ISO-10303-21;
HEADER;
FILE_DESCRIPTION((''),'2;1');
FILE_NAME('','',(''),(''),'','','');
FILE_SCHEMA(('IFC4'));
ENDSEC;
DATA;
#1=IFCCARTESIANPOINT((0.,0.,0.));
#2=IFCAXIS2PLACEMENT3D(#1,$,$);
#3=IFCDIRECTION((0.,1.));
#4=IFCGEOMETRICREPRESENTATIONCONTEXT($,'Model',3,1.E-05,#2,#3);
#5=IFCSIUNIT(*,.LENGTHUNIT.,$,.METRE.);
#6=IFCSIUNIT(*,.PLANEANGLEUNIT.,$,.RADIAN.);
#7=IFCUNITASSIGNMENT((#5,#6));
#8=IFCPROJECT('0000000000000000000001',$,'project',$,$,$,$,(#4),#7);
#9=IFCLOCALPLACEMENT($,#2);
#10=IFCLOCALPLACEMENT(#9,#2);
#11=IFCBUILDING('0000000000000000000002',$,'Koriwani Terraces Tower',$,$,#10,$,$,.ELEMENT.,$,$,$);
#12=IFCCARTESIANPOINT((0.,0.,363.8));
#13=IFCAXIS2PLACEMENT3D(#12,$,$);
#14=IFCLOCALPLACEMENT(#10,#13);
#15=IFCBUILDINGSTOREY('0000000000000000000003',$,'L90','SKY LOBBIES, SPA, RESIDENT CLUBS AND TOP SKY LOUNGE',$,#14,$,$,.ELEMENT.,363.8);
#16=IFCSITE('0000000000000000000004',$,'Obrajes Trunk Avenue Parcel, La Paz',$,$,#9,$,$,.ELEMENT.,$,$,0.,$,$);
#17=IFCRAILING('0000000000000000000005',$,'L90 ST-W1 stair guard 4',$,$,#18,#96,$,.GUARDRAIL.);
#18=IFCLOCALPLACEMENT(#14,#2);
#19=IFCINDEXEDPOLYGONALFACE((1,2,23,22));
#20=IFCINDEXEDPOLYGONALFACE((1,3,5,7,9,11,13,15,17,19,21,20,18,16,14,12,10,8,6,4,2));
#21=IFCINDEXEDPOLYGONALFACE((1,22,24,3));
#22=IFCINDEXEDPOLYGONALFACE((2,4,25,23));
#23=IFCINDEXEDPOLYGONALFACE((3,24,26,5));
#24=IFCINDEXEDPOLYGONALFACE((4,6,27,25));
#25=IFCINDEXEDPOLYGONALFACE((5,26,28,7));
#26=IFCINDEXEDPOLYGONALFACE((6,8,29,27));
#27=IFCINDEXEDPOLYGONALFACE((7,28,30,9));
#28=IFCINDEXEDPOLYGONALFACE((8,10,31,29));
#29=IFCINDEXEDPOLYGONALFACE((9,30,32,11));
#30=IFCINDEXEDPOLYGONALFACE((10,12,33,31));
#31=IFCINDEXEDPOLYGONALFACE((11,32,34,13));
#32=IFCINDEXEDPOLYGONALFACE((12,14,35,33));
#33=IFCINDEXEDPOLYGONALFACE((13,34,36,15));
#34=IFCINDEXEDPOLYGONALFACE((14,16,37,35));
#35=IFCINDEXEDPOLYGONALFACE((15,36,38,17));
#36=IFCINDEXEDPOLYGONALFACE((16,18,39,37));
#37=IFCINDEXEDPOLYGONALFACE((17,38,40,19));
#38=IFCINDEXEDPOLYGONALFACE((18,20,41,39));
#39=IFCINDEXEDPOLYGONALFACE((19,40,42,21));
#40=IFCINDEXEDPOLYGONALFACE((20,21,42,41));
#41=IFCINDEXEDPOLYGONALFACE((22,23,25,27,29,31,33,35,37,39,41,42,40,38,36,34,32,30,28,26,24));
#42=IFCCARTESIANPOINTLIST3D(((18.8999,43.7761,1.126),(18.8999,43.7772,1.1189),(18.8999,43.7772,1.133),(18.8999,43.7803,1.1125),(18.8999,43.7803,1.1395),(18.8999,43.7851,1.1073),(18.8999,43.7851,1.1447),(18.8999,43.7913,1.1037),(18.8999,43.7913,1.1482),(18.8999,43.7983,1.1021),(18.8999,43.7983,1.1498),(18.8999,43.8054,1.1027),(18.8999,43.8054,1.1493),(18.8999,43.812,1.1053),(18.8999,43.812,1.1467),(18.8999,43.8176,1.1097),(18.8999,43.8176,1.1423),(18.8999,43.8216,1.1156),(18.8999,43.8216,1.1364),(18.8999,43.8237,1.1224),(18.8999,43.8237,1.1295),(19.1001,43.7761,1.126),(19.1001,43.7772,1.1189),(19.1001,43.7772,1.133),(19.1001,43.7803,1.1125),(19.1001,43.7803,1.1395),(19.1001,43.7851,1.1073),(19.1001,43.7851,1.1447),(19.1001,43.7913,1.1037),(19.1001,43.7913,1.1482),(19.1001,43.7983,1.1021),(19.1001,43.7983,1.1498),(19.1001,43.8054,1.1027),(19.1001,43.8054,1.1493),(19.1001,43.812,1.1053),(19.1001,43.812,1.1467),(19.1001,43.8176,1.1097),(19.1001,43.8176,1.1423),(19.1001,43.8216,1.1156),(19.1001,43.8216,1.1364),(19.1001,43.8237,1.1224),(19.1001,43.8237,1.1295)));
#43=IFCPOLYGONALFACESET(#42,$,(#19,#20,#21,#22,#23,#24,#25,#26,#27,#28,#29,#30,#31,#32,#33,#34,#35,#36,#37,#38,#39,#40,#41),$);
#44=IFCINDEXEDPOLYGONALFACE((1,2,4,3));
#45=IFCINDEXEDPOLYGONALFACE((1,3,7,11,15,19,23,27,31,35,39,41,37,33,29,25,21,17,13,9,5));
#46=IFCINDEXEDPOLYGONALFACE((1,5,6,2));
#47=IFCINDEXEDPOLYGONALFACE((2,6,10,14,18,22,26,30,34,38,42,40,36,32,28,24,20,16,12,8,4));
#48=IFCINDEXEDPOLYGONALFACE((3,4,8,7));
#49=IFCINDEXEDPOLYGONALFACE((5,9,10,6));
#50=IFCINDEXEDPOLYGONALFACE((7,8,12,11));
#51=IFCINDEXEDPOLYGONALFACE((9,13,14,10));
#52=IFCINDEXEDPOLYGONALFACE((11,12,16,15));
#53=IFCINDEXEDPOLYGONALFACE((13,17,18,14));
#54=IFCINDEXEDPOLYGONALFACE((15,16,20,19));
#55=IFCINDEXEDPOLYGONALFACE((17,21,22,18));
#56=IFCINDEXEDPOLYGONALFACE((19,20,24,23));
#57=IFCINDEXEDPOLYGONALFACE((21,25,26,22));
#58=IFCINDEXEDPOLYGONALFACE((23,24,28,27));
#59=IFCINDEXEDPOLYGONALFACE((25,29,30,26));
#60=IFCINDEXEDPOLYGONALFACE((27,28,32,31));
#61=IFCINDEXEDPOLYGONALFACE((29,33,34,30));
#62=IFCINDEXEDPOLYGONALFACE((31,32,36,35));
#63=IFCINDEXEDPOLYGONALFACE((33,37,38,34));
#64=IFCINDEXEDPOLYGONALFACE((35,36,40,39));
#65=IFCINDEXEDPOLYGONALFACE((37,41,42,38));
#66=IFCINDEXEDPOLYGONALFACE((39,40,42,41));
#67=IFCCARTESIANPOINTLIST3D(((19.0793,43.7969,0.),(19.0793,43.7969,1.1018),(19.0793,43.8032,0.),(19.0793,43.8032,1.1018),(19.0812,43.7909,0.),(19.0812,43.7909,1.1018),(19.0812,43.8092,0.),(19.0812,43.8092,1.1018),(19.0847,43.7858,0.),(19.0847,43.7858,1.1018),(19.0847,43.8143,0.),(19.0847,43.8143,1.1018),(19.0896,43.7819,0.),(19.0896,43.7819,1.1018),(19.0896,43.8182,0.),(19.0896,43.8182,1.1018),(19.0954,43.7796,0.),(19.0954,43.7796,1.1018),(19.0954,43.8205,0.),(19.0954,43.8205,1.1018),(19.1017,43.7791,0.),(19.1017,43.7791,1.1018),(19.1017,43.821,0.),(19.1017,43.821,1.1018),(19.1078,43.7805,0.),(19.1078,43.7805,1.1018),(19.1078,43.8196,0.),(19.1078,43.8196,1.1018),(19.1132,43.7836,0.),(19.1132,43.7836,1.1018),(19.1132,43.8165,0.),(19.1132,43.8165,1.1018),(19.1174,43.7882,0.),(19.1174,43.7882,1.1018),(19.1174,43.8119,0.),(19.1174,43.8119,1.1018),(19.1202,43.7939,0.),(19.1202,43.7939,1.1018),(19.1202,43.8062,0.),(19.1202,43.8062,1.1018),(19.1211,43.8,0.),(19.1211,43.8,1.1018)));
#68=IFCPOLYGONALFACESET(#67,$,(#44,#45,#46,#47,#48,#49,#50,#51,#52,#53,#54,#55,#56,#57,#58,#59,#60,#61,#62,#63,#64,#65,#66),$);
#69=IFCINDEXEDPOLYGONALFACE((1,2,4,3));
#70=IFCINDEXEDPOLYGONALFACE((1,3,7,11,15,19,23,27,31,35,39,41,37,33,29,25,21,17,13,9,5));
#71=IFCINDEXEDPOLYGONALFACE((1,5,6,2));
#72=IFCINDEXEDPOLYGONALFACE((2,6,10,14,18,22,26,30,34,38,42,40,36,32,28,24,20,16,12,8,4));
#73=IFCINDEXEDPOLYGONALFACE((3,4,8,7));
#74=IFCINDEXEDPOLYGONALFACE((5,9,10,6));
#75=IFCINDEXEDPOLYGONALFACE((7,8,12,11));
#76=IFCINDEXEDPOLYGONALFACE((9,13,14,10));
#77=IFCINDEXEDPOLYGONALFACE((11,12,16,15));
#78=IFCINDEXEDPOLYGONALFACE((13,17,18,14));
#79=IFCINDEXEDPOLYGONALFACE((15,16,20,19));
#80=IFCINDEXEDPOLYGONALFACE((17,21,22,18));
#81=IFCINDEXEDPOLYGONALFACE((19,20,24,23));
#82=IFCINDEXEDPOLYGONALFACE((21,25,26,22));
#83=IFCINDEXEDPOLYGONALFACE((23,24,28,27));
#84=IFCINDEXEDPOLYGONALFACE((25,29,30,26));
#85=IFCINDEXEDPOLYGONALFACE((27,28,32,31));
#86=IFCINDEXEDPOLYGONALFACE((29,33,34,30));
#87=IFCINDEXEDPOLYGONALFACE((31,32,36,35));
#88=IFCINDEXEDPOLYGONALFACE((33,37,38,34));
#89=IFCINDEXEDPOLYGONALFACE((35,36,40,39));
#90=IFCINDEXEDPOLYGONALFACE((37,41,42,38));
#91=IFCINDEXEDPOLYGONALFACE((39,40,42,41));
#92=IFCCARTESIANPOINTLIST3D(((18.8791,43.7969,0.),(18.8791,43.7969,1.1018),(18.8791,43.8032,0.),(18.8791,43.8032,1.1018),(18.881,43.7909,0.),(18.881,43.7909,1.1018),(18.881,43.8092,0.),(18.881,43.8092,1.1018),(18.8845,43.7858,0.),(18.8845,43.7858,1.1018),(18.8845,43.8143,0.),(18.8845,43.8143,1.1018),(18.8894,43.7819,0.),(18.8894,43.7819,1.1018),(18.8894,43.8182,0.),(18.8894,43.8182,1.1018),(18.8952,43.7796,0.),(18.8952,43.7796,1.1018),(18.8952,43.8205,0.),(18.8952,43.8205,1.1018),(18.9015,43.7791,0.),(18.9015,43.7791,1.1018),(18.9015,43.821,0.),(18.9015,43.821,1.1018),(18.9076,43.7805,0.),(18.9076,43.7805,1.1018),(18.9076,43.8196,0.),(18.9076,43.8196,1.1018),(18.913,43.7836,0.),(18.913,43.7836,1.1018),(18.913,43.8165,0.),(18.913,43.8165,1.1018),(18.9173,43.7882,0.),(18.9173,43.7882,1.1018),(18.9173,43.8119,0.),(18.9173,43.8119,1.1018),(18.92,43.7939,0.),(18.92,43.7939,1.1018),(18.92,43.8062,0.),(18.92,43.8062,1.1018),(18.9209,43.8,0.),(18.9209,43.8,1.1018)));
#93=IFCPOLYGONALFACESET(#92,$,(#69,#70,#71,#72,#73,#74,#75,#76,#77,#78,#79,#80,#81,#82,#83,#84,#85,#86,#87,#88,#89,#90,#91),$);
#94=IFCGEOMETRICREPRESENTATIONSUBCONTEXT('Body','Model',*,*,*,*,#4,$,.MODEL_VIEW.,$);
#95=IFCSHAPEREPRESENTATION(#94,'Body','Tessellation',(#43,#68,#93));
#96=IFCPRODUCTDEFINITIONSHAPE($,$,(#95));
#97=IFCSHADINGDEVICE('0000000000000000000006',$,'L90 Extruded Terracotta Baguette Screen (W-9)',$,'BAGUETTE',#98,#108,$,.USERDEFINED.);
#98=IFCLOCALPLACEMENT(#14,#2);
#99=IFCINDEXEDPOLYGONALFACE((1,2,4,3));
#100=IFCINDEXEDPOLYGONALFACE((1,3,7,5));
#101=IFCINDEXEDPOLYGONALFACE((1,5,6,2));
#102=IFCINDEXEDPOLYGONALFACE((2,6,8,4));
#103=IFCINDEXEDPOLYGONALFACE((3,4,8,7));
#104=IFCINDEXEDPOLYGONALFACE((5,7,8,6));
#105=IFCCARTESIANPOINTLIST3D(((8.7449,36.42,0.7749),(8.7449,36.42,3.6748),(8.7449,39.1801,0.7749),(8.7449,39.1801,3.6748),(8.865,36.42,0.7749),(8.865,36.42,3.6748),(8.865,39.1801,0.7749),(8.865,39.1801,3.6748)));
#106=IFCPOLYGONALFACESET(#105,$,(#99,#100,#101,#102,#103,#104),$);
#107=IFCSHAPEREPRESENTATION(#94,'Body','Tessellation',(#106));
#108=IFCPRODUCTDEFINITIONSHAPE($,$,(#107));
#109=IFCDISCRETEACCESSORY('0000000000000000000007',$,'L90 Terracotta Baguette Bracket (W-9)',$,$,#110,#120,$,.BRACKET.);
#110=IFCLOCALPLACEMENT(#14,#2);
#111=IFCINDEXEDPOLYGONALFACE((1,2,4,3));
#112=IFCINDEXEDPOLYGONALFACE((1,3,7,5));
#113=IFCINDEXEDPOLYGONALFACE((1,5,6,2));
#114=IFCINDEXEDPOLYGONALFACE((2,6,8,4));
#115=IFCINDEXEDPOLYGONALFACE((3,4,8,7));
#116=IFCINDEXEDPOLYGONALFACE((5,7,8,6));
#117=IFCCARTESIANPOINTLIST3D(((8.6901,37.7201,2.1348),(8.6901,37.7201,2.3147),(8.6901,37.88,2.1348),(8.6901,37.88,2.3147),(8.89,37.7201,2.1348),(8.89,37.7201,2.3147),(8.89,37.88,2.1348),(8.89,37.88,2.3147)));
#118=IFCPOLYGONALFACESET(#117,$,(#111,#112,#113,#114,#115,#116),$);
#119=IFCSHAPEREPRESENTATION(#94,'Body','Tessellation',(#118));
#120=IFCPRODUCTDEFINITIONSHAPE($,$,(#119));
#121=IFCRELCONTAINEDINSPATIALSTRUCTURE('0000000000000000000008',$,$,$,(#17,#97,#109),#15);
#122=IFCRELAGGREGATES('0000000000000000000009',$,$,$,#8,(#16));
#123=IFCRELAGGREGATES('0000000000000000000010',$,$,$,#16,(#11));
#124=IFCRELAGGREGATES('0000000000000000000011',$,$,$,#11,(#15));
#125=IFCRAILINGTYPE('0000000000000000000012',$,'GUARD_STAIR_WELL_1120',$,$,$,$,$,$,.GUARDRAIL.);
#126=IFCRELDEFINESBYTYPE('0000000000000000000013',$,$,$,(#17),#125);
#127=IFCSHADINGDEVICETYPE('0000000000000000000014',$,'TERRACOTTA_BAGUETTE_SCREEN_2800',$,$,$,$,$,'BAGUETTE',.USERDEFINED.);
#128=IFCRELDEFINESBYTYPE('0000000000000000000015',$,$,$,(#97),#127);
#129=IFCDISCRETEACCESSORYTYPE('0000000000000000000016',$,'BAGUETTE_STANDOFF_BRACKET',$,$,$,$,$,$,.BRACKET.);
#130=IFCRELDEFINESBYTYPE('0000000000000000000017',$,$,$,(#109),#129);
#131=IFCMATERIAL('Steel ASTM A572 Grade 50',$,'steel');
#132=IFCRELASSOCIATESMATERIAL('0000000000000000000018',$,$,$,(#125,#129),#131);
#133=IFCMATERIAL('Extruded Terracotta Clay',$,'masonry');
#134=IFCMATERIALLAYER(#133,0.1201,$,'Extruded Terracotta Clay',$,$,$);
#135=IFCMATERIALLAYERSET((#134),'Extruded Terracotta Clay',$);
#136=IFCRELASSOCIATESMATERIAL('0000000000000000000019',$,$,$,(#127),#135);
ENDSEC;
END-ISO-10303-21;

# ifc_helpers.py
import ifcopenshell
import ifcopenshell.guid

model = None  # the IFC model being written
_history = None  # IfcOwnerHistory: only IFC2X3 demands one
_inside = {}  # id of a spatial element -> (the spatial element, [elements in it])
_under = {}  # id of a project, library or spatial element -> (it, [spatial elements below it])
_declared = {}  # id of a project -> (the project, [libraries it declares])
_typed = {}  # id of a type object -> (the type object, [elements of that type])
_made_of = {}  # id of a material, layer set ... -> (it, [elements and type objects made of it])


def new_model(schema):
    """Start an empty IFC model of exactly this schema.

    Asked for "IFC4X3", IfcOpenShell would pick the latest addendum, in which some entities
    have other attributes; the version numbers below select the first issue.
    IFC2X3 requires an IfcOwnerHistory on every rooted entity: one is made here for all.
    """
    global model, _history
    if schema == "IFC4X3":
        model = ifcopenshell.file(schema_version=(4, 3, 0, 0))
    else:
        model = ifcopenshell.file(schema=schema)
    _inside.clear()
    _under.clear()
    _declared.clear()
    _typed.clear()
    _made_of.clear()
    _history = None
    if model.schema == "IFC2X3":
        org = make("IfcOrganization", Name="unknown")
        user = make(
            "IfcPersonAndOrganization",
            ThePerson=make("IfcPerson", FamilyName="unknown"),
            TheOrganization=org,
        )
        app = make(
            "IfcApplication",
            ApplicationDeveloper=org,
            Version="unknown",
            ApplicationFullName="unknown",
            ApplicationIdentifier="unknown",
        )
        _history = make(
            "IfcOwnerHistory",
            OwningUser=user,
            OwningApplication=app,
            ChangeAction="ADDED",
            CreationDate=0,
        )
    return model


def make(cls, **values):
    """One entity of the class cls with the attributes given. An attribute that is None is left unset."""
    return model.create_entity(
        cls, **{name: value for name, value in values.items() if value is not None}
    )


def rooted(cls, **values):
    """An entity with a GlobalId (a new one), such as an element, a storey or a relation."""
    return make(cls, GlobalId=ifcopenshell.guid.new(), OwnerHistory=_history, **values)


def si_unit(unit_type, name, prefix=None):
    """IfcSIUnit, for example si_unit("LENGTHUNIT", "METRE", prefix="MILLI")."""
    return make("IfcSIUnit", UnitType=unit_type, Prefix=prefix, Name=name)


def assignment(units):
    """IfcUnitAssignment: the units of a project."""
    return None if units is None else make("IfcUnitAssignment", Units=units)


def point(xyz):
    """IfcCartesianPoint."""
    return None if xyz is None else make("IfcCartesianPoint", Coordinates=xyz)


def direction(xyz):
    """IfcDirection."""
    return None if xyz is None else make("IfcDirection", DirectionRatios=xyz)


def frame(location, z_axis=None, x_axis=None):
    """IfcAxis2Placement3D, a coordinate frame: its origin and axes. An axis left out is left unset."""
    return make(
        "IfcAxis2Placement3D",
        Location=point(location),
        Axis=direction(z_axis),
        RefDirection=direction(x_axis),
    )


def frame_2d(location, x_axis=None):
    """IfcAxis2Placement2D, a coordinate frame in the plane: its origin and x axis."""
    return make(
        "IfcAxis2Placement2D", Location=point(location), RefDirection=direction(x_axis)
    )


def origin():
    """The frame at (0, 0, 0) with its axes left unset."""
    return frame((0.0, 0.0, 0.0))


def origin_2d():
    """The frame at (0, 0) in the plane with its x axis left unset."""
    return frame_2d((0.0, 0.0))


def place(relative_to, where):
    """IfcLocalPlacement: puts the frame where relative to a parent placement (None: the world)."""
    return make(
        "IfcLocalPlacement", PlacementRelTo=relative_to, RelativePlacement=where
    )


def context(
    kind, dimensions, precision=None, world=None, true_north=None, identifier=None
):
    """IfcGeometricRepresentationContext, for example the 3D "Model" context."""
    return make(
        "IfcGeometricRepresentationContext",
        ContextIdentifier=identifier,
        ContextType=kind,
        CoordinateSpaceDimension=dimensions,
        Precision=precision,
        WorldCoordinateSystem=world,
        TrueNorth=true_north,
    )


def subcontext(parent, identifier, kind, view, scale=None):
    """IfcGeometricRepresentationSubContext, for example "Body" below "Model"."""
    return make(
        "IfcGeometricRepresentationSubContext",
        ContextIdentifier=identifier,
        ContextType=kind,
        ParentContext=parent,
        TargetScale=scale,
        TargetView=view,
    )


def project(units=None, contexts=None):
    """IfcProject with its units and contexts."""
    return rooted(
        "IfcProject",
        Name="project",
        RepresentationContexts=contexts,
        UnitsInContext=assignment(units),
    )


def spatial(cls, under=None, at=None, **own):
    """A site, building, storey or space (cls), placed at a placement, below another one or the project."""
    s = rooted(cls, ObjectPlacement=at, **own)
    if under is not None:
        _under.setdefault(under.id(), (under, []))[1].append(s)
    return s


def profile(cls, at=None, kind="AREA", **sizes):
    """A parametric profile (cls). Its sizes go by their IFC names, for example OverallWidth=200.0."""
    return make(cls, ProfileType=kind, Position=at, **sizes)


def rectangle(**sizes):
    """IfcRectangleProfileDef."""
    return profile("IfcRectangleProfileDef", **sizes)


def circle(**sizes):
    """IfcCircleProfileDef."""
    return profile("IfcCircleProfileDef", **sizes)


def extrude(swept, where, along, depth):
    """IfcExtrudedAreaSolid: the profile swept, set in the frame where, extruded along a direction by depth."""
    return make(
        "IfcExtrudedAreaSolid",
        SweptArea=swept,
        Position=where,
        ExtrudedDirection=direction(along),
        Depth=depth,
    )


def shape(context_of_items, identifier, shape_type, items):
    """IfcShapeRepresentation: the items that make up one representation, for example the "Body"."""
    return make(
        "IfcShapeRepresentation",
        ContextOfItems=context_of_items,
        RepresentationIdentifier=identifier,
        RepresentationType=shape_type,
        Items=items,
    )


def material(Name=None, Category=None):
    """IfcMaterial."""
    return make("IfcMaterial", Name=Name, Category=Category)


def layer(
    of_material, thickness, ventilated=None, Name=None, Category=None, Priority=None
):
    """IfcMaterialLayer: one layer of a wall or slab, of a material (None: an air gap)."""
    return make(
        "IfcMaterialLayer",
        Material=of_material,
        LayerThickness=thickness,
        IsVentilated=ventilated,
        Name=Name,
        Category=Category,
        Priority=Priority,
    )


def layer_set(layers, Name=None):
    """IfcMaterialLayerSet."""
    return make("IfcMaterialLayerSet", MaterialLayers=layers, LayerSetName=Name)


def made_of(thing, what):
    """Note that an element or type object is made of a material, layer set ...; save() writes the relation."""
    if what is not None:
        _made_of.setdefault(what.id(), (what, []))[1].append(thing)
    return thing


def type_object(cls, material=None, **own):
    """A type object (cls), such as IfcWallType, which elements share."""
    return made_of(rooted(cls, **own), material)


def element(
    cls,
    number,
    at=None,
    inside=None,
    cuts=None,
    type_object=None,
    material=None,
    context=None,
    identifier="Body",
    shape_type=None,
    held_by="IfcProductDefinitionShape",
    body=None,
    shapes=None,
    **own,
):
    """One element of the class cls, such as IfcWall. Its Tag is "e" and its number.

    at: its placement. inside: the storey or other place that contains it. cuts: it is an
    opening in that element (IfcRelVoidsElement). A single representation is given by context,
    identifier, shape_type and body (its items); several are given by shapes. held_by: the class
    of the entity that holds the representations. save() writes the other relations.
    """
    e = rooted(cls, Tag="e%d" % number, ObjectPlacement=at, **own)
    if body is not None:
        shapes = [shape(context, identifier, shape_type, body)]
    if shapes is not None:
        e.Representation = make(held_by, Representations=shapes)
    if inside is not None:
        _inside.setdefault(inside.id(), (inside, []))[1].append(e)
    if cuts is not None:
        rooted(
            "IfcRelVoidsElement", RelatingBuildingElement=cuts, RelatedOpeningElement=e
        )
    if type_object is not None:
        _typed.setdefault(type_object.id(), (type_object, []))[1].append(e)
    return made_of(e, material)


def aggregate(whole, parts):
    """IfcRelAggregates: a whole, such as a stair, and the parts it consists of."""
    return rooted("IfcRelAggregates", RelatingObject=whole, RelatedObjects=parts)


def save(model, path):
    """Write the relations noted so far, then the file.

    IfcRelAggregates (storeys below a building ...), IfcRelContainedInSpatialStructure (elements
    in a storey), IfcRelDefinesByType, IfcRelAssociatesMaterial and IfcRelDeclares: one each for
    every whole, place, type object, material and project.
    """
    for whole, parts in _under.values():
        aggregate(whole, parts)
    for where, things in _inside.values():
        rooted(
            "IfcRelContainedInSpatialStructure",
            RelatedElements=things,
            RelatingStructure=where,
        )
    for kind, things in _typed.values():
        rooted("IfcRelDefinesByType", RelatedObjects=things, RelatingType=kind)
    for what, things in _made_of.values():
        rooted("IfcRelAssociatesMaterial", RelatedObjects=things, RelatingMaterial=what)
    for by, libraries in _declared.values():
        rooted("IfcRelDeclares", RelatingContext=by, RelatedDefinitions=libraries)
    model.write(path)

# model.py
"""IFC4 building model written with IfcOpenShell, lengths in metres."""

from ifc_helpers import new_model, si_unit, direction, frame, origin, origin_2d, place, context, subcontext, project, spatial, rectangle, circle, extrude, material, layer, layer_set, type_object, element, save


model = new_model("IFC4")

# Units and contexts
model_context = context("Model", 3, precision=1e-05, world=origin(), true_north=direction((0.0, 1.0)))
body_context = subcontext(model_context, "Body", "Model", "MODEL_VIEW")
ifc_project = project(units=[si_unit("LENGTHUNIT", "METRE"), si_unit("PLANEANGLEUNIT", "RADIAN")], contexts=[model_context])

# Site, building, storey
site_placement = place(None, origin())
site = spatial("IfcSite", under=ifc_project, at=site_placement, Name="Obrajes Trunk Avenue Parcel, La Paz", CompositionType="ELEMENT", RefElevation=0.0)
building_placement = place(site_placement, origin())
building = spatial("IfcBuilding", under=site, at=building_placement, Name="Koriwani Terraces Tower", CompositionType="ELEMENT")
storey_placement = place(building_placement, frame((0.0, 0.0, 363.8)))
storey = spatial("IfcBuildingStorey", under=building, at=storey_placement, Name="L90", Description="SKY LOBBIES, SPA, RESIDENT CLUBS AND TOP SKY LOUNGE", CompositionType="ELEMENT", Elevation=363.8)

# Shared definitions
ifc_material_1 = material(Name="Steel ASTM A572 Grade 50", Category="steel")

# Railing
railing_type = type_object("IfcRailingType", Name="GUARD_STAIR_WELL_1120", PredefinedType="GUARDRAIL", material=ifc_material_1)
railing_1_placement = place(storey_placement, frame((19.1001, 43.8, 0.0)))
element("IfcRailing", 1, at=railing_1_placement, inside=storey, type_object=railing_type, Name="L90 ST-W1 stair guard 4", PredefinedType="GUARDRAIL", context=body_context, shape_type="SweptSolid", body=[
    extrude(circle(Radius=0.0239, at=origin_2d()), frame((0.0, 0.0, 1.126), z_axis=(-1.0, 0.0, 0.0), x_axis=(0.0, -1.0, 0.0)), (0.0, 0.0, 1.0), 0.2002),
    extrude(circle(Radius=0.021, at=origin_2d()), origin(), (0.0, 0.0, 1.0), 1.1018),
    extrude(circle(Radius=0.021, at=origin_2d()), frame((-0.2002, 0.0, 0.0)), (0.0, 0.0, 1.0), 1.1018),
])

# Shading device
ifc_material_2 = material(Name="Extruded Terracotta Clay", Category="masonry")
ifc_layer_1 = layer(ifc_material_2, 0.1201, Name="Extruded Terracotta Clay")
ifc_layer_set_1 = layer_set([ifc_layer_1], Name="Extruded Terracotta Clay")
shading_device_type = type_object("IfcShadingDeviceType", Name="TERRACOTTA_BAGUETTE_SCREEN_2800", ElementType="BAGUETTE", PredefinedType="USERDEFINED", material=ifc_layer_set_1)
shading_device_placement = place(storey_placement, frame((8.8049, 37.8, 0.7749), z_axis=(0.0, 0.0, 1.0), x_axis=(0.0, 1.0, 0.0)))
element("IfcShadingDevice", 2, at=shading_device_placement, inside=storey, type_object=shading_device_type, Name="L90 Extruded Terracotta Baguette Screen (W-9)", ObjectType="BAGUETTE", PredefinedType="USERDEFINED", context=body_context, shape_type="SweptSolid", body=[
    extrude(rectangle(XDim=2.76, YDim=0.1201, at=origin_2d()), origin(), (0.0, 0.0, 1.0), 2.8999),
])

# Discrete accessory
discrete_accessory_type = type_object("IfcDiscreteAccessoryType", Name="BAGUETTE_STANDOFF_BRACKET", PredefinedType="BRACKET", material=ifc_material_1)
discrete_accessory_placement = place(storey_placement, frame((8.79, 37.8, 2.1348), z_axis=(0.0, 0.0, 1.0), x_axis=(0.0, 1.0, 0.0)))
element("IfcDiscreteAccessory", 3, at=discrete_accessory_placement, inside=storey, type_object=discrete_accessory_type, Name="L90 Terracotta Baguette Bracket (W-9)", PredefinedType="BRACKET", context=body_context, shape_type="SweptSolid", body=[
    extrude(rectangle(XDim=0.1599, YDim=0.2, at=origin_2d()), origin(), (0.0, 0.0, 1.0), 0.1799),
])

save(model, "model.ifc")
